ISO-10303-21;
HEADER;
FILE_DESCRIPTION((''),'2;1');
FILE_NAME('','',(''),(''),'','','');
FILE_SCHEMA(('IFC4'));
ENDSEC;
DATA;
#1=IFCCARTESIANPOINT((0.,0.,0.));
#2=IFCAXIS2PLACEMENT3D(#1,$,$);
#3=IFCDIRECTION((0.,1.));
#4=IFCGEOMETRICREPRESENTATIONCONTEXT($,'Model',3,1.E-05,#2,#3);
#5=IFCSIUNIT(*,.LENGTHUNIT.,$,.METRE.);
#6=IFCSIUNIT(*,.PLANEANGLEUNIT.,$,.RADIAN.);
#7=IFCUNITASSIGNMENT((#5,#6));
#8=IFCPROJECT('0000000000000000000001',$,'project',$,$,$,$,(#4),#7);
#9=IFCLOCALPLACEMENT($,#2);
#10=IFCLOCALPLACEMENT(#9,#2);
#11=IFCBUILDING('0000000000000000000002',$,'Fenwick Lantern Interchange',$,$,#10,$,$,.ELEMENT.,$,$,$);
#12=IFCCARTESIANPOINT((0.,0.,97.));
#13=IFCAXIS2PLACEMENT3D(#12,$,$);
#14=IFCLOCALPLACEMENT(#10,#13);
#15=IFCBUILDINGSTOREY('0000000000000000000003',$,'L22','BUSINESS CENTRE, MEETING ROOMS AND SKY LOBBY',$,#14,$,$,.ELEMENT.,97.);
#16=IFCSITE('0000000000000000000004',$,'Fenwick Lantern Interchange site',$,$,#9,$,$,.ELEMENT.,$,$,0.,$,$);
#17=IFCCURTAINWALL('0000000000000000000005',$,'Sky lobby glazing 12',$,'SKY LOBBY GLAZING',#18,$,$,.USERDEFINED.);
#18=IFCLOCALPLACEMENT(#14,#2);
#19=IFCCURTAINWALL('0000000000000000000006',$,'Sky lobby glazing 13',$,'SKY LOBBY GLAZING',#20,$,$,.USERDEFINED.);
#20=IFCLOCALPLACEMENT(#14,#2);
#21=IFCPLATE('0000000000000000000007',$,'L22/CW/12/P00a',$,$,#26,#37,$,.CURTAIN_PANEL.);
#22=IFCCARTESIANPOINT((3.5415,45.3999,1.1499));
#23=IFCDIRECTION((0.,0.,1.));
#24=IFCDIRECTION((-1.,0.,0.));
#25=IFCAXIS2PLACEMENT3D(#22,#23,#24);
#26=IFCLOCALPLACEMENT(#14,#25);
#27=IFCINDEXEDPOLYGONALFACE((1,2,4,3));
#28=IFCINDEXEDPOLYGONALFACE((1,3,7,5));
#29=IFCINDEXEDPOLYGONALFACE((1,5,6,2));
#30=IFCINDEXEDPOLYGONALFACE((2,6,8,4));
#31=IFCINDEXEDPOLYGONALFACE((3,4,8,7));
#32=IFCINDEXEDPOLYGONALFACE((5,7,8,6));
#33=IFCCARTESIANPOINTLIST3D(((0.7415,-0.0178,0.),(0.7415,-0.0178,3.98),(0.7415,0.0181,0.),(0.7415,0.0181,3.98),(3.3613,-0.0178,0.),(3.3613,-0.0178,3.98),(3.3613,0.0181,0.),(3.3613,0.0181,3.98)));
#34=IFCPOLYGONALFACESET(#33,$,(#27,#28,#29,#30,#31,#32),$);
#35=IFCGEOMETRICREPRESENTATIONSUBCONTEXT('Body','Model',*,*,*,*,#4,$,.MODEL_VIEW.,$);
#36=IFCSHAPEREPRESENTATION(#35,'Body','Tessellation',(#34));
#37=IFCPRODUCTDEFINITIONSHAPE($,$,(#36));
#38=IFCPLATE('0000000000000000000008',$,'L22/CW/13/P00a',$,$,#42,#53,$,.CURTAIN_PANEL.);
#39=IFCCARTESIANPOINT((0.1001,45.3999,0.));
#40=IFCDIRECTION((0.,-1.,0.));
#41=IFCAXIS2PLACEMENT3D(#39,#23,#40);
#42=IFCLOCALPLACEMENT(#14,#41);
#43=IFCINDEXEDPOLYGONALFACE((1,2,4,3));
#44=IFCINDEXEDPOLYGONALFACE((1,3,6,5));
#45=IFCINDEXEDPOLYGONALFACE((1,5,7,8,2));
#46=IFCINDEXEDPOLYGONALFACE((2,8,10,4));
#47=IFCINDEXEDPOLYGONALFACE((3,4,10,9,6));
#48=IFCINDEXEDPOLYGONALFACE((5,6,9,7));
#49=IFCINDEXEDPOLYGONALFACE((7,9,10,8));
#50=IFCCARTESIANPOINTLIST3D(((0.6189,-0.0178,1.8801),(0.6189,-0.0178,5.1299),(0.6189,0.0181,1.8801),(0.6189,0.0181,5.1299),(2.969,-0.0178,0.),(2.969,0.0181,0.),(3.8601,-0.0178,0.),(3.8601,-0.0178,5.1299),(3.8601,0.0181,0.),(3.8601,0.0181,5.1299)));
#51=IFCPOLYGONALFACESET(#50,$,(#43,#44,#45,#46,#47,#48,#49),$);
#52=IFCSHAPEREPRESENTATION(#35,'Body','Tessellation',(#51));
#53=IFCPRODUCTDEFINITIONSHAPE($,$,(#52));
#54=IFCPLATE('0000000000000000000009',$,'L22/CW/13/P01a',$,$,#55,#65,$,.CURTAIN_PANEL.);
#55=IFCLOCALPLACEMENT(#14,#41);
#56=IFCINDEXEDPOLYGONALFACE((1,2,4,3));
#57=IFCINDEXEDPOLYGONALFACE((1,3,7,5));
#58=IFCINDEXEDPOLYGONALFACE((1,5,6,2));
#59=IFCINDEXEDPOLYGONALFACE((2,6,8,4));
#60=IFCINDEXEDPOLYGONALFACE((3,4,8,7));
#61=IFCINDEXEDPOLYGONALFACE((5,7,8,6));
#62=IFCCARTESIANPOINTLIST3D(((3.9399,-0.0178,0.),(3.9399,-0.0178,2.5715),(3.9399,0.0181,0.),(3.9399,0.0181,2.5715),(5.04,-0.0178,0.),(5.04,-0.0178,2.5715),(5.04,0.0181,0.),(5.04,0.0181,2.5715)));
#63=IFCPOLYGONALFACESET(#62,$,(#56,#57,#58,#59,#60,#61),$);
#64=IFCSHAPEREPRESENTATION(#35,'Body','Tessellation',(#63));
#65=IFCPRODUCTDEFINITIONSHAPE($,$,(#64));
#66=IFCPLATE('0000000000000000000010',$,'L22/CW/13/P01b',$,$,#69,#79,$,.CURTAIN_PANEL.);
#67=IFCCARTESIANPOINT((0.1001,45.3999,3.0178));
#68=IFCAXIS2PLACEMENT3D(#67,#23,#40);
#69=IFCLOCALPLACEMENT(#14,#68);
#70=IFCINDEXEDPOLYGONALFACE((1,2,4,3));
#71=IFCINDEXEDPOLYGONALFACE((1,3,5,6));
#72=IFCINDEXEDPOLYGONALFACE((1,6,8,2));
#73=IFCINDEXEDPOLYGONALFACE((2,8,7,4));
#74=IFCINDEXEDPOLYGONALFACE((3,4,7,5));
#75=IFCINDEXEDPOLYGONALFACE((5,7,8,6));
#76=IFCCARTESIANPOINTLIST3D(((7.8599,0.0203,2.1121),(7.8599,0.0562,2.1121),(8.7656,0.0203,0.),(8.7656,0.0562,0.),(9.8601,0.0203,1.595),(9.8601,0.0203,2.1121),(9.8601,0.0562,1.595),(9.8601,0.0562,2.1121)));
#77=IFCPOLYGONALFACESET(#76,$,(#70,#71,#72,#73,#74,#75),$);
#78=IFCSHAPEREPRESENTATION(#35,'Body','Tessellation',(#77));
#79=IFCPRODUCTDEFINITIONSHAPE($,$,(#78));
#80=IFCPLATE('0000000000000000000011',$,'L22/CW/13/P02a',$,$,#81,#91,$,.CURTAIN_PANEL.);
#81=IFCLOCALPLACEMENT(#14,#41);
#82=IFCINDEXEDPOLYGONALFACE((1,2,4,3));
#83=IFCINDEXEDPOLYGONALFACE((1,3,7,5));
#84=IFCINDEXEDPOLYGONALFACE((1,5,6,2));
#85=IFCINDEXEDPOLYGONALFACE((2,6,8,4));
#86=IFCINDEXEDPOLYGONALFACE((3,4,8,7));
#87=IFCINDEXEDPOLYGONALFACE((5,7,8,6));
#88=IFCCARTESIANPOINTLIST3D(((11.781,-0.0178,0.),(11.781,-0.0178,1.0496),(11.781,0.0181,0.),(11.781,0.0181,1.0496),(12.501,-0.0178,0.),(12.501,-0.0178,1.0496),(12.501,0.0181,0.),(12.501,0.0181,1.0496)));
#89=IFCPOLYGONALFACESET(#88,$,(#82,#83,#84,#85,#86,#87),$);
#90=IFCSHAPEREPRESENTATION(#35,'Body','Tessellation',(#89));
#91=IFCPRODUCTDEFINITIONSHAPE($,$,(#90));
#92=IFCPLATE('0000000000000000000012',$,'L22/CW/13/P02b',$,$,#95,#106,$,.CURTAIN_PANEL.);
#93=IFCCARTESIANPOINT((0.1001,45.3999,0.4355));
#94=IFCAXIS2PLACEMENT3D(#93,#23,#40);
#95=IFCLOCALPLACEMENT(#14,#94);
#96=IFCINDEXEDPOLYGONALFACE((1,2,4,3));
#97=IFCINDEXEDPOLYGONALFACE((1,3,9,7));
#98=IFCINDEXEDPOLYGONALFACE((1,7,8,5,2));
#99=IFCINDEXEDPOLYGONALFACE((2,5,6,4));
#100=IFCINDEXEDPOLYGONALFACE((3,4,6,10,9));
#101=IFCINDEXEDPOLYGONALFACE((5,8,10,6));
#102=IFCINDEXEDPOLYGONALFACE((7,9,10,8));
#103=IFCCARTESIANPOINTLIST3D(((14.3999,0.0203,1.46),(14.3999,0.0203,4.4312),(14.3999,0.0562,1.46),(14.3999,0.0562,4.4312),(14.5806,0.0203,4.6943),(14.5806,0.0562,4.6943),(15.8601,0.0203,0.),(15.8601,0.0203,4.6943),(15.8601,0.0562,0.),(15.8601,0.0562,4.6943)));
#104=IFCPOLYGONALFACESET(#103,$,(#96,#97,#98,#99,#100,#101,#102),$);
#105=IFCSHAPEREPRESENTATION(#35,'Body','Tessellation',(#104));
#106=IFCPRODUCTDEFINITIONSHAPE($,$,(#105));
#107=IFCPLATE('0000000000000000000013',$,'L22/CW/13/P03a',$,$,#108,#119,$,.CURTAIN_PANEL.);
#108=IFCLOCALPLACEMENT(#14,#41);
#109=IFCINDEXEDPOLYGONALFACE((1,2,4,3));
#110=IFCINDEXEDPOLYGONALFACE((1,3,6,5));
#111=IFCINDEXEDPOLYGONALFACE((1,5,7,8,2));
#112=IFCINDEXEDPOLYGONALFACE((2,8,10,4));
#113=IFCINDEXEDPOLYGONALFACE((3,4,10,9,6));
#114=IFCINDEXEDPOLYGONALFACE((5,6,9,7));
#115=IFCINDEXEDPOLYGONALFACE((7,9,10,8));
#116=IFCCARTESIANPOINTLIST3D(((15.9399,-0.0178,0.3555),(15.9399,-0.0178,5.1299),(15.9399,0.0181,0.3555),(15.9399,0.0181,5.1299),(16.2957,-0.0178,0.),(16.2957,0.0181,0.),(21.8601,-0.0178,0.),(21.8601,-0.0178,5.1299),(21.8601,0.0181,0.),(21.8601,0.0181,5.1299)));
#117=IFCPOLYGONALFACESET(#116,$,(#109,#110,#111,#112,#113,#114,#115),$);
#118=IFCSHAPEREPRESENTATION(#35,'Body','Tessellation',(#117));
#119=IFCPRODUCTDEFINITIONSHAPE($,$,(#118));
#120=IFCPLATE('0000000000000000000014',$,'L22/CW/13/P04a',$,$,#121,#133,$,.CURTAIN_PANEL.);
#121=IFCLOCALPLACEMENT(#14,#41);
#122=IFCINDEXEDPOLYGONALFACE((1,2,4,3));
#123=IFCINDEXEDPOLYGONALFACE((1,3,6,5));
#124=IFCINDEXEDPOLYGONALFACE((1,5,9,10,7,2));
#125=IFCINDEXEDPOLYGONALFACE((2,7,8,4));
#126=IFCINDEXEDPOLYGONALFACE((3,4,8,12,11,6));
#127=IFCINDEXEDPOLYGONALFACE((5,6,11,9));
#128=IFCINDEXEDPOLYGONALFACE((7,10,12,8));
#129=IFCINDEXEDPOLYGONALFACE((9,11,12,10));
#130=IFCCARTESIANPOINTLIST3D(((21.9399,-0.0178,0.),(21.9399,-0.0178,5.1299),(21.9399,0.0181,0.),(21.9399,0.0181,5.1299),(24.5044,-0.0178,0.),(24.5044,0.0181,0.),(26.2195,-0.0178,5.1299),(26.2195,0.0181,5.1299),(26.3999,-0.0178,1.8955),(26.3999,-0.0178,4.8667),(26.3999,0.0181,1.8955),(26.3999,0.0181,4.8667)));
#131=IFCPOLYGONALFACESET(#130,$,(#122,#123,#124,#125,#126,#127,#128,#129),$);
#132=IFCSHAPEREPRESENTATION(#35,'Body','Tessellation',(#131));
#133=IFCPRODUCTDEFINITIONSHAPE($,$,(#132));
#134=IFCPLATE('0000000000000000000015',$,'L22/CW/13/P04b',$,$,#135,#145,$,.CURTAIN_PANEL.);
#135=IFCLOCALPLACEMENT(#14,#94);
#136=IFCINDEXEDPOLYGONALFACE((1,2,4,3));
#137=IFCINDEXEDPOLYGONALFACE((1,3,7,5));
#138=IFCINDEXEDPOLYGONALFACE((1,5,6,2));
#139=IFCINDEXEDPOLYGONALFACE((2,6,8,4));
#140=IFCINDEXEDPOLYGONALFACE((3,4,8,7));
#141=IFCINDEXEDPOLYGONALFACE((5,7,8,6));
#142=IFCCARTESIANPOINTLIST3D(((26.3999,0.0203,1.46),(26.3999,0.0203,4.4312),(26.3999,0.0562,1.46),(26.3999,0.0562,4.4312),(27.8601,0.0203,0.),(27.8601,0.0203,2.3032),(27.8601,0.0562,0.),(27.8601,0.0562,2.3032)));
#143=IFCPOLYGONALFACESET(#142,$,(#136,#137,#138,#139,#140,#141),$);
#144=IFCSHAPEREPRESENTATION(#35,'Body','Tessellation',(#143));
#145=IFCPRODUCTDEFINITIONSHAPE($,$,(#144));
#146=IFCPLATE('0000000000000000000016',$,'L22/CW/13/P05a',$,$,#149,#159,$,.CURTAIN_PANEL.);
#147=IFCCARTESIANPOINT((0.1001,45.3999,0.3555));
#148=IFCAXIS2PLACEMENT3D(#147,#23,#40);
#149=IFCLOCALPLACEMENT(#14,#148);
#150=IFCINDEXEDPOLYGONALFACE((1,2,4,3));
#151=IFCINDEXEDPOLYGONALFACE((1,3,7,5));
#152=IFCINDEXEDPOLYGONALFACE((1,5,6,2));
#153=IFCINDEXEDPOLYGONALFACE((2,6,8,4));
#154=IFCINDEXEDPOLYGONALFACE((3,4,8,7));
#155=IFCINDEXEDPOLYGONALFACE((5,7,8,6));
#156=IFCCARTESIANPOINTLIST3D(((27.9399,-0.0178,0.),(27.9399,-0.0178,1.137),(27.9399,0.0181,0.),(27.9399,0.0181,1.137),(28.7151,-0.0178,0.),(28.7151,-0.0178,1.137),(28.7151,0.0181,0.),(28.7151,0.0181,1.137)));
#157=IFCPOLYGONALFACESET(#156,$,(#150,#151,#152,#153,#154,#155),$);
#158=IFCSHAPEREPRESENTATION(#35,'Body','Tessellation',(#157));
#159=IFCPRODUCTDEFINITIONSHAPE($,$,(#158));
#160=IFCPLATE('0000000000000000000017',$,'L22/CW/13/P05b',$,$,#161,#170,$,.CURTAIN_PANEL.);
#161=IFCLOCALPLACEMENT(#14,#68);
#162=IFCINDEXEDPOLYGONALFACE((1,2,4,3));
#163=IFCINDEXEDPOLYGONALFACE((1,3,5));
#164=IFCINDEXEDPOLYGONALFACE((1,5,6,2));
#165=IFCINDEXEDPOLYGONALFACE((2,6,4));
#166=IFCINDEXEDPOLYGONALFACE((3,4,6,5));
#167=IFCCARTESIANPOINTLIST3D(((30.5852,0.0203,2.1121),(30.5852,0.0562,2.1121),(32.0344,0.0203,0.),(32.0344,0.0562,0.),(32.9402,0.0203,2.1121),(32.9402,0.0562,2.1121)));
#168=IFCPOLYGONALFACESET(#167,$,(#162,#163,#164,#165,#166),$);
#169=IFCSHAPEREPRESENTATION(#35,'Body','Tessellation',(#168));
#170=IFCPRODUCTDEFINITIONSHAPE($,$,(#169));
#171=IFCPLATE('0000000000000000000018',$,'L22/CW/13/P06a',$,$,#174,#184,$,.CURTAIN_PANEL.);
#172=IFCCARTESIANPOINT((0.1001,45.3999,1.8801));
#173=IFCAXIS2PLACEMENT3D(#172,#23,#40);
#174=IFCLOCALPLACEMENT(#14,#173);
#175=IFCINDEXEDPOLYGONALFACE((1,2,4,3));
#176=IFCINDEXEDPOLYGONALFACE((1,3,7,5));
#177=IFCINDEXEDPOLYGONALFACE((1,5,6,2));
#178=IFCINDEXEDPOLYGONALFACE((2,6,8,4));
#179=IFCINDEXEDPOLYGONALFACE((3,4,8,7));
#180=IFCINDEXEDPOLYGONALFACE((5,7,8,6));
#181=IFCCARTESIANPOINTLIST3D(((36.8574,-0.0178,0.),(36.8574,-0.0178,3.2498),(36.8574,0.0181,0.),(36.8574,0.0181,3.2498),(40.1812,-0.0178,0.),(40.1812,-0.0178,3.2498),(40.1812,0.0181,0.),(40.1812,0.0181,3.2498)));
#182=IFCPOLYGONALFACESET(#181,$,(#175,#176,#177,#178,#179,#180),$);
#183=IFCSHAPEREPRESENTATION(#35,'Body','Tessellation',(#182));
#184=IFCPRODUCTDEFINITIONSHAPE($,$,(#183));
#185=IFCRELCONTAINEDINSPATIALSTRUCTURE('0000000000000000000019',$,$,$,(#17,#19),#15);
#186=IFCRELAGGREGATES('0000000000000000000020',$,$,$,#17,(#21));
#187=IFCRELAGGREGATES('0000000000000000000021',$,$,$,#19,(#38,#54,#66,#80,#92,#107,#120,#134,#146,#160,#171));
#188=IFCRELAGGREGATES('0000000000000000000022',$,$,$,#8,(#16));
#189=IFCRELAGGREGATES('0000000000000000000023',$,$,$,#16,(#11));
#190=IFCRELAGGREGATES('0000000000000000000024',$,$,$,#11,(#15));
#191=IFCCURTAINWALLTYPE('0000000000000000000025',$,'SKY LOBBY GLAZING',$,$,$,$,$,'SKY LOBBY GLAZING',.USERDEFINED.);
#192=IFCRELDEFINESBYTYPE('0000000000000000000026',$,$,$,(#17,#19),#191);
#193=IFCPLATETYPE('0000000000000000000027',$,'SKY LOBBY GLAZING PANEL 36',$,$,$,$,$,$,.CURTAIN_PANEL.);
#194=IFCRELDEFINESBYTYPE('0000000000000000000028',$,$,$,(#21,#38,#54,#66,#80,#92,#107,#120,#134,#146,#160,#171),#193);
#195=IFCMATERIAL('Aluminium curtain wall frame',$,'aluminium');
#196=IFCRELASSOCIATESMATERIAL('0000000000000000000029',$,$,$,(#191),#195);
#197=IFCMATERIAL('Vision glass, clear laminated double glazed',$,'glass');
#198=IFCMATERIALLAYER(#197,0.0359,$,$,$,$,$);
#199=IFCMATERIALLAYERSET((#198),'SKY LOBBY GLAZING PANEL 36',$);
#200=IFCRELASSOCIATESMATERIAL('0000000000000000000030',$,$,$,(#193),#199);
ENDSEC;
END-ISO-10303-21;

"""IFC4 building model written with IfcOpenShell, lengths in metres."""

from ifc_helpers import new_model, si_unit, direction, frame, origin, place, context, subcontext, project, spatial, polyline, outline, extrude, material, layer, layer_set, type_object, element, aggregate, save


model = new_model("IFC4")

# Units and contexts
model_context = context("Model", 3, precision=1e-05, world=origin(), true_north=direction((0.0, 1.0)))
body_context = subcontext(model_context, "Body", "Model", "MODEL_VIEW")
ifc_project = project(units=[si_unit("LENGTHUNIT", "METRE"), si_unit("PLANEANGLEUNIT", "RADIAN")], contexts=[model_context])

# Site, building, storey
site_placement = place(None, origin())
site = spatial("IfcSite", under=ifc_project, at=site_placement, Name="Fenwick Lantern Interchange site", CompositionType="ELEMENT", RefElevation=0.0)
building_placement = place(site_placement, origin())
building = spatial("IfcBuilding", under=site, at=building_placement, Name="Fenwick Lantern Interchange", CompositionType="ELEMENT")
storey_placement = place(building_placement, frame((0.0, 0.0, 97.0)))
storey = spatial("IfcBuildingStorey", under=building, at=storey_placement, Name="L22", Description="BUSINESS CENTRE, MEETING ROOMS AND SKY LOBBY", CompositionType="ELEMENT", Elevation=97.0)

# Shared definitions
ifc_material_1 = material(Name="Aluminium curtain wall frame", Category="aluminium")
curtain_wall_type = type_object("IfcCurtainWallType", Name="SKY LOBBY GLAZING", ElementType="SKY LOBBY GLAZING", PredefinedType="USERDEFINED", material=ifc_material_1)

# Curtain wall
curtain_wall_1_placement = place(storey_placement, origin())
curtain_wall_1 = element("IfcCurtainWall", 1, at=curtain_wall_1_placement, inside=storey, type_object=curtain_wall_type, Name="Sky lobby glazing 12", ObjectType="SKY LOBBY GLAZING", PredefinedType="USERDEFINED")

# Curtain wall
curtain_wall_2_placement = place(storey_placement, origin())
curtain_wall_2 = element("IfcCurtainWall", 2, at=curtain_wall_2_placement, inside=storey, type_object=curtain_wall_type, Name="Sky lobby glazing 13", ObjectType="SKY LOBBY GLAZING", PredefinedType="USERDEFINED")

# Plates
ifc_material_2 = material(Name="Vision glass, clear laminated double glazed", Category="glass")
ifc_layer_1 = layer(ifc_material_2, 0.0359)
ifc_layer_set_1 = layer_set([ifc_layer_1], Name="SKY LOBBY GLAZING PANEL 36")
plate_type = type_object("IfcPlateType", Name="SKY LOBBY GLAZING PANEL 36", PredefinedType="CURTAIN_PANEL", material=ifc_layer_set_1)
plate_1_placement = place(storey_placement, frame((3.5415, 45.3999, 1.1499), z_axis=(0.0, 0.0, 1.0), x_axis=(-1.0, 0.0, 0.0)))
plate_1 = element("IfcPlate", 3, at=plate_1_placement, type_object=plate_type, Name="L22/CW/12/P00a", PredefinedType="CURTAIN_PANEL", context=body_context, shape_type="SweptSolid", body=[
    extrude(outline(polyline([(0.7415, 0.0), (3.3613, 0.0), (3.3613, 3.98), (0.7415, 3.98), (0.7415, 0.0)])), frame((0.0, 0.0181, 0.0), z_axis=(0.0, -1.0, 0.0), x_axis=(1.0, 0.0, 0.0)), (0.0, 0.0, 1.0), 0.0359),
])
aggregate(curtain_wall_1, [plate_1])
plate_2_placement = place(storey_placement, frame((0.1001, 45.3999, 0.0), z_axis=(0.0, 0.0, 1.0), x_axis=(0.0, -1.0, 0.0)))
plate_2 = element("IfcPlate", 4, at=plate_2_placement, type_object=plate_type, Name="L22/CW/13/P00a", PredefinedType="CURTAIN_PANEL", context=body_context, shape_type="SweptSolid", body=[
    extrude(outline(polyline([(2.969, 0.0), (3.8601, 0.0), (3.8601, 5.1299), (0.6189, 5.1299), (0.6189, 1.8801), (2.969, 0.0)])), frame((0.0, 0.0181, 0.0), z_axis=(0.0, -1.0, 0.0), x_axis=(1.0, 0.0, 0.0)), (0.0, 0.0, 1.0), 0.0359),
])
plate_3_placement = place(storey_placement, frame((0.1001, 45.3999, 0.0), z_axis=(0.0, 0.0, 1.0), x_axis=(0.0, -1.0, 0.0)))
plate_3 = element("IfcPlate", 5, at=plate_3_placement, type_object=plate_type, Name="L22/CW/13/P01a", PredefinedType="CURTAIN_PANEL", context=body_context, shape_type="SweptSolid", body=[
    extrude(outline(polyline([(3.9399, 0.0), (5.04, 0.0), (5.04, 2.5715), (3.9399, 2.5715), (3.9399, 0.0)])), frame((0.0, 0.0181, 0.0), z_axis=(0.0, -1.0, 0.0), x_axis=(1.0, 0.0, 0.0)), (0.0, 0.0, 1.0), 0.0359),
])
plate_4_placement = place(storey_placement, frame((0.1001, 45.3999, 3.0178), z_axis=(0.0, 0.0, 1.0), x_axis=(0.0, -1.0, 0.0)))
plate_4 = element("IfcPlate", 6, at=plate_4_placement, type_object=plate_type, Name="L22/CW/13/P01b", PredefinedType="CURTAIN_PANEL", context=body_context, shape_type="SweptSolid", body=[
    extrude(outline(polyline([(8.7656, 0.0), (9.8601, 1.595), (9.8601, 2.1121), (7.8599, 2.1121), (8.7656, 0.0)])), frame((0.0, 0.0562, 0.0), z_axis=(0.0, -1.0, 0.0), x_axis=(1.0, 0.0, 0.0)), (0.0, 0.0, 1.0), 0.0359),
])
plate_5_placement = place(storey_placement, frame((0.1001, 45.3999, 0.0), z_axis=(0.0, 0.0, 1.0), x_axis=(0.0, -1.0, 0.0)))
plate_5 = element("IfcPlate", 7, at=plate_5_placement, type_object=plate_type, Name="L22/CW/13/P02a", PredefinedType="CURTAIN_PANEL", context=body_context, shape_type="SweptSolid", body=[
    extrude(outline(polyline([(11.781, 0.0), (12.501, 0.0), (12.501, 1.0496), (11.781, 1.0496), (11.781, 0.0)])), frame((0.0, 0.0181, 0.0), z_axis=(0.0, -1.0, 0.0), x_axis=(1.0, 0.0, 0.0)), (0.0, 0.0, 1.0), 0.0359),
])
plate_6_placement = place(storey_placement, frame((0.1001, 45.3999, 0.4355), z_axis=(0.0, 0.0, 1.0), x_axis=(0.0, -1.0, 0.0)))
plate_6 = element("IfcPlate", 8, at=plate_6_placement, type_object=plate_type, Name="L22/CW/13/P02b", PredefinedType="CURTAIN_PANEL", context=body_context, shape_type="SweptSolid", body=[
    extrude(outline(polyline([(15.8601, 0.0), (15.8601, 4.6943), (14.5806, 4.6943), (14.3999, 4.4312), (14.3999, 1.46), (15.8601, 0.0)])), frame((0.0, 0.0562, 0.0), z_axis=(0.0, -1.0, 0.0), x_axis=(1.0, 0.0, 0.0)), (0.0, 0.0, 1.0), 0.0359),
])
plate_7_placement = place(storey_placement, frame((0.1001, 45.3999, 0.0), z_axis=(0.0, 0.0, 1.0), x_axis=(0.0, -1.0, 0.0)))
plate_7 = element("IfcPlate", 9, at=plate_7_placement, type_object=plate_type, Name="L22/CW/13/P03a", PredefinedType="CURTAIN_PANEL", context=body_context, shape_type="SweptSolid", body=[
    extrude(outline(polyline([(16.2957, 0.0), (21.8601, 0.0), (21.8601, 5.1299), (15.9399, 5.1299), (15.9399, 0.3555), (16.2957, 0.0)])), frame((0.0, 0.0181, 0.0), z_axis=(0.0, -1.0, 0.0), x_axis=(1.0, 0.0, 0.0)), (0.0, 0.0, 1.0), 0.0359),
])
plate_8_placement = place(storey_placement, frame((0.1001, 45.3999, 0.0), z_axis=(0.0, 0.0, 1.0), x_axis=(0.0, -1.0, 0.0)))
plate_8 = element("IfcPlate", 10, at=plate_8_placement, type_object=plate_type, Name="L22/CW/13/P04a", PredefinedType="CURTAIN_PANEL", context=body_context, shape_type="SweptSolid", body=[
    extrude(outline(polyline([(21.9399, 0.0), (24.5044, 0.0), (26.3999, 1.8955), (26.3999, 4.8667), (26.2195, 5.1299), (21.9399, 5.1299), (21.9399, 0.0)])), frame((0.0, 0.0181, 0.0), z_axis=(0.0, -1.0, 0.0), x_axis=(1.0, 0.0, 0.0)), (0.0, 0.0, 1.0), 0.0359),
])
plate_9_placement = place(storey_placement, frame((0.1001, 45.3999, 0.4355), z_axis=(0.0, 0.0, 1.0), x_axis=(0.0, -1.0, 0.0)))
plate_9 = element("IfcPlate", 11, at=plate_9_placement, type_object=plate_type, Name="L22/CW/13/P04b", PredefinedType="CURTAIN_PANEL", context=body_context, shape_type="SweptSolid", body=[
    extrude(outline(polyline([(27.8601, 0.0), (27.8601, 2.3032), (26.3999, 4.4312), (26.3999, 1.46), (27.8601, 0.0)])), frame((0.0, 0.0562, 0.0), z_axis=(0.0, -1.0, 0.0), x_axis=(1.0, 0.0, 0.0)), (0.0, 0.0, 1.0), 0.0359),
])
plate_10_placement = place(storey_placement, frame((0.1001, 45.3999, 0.3555), z_axis=(0.0, 0.0, 1.0), x_axis=(0.0, -1.0, 0.0)))
plate_10 = element("IfcPlate", 12, at=plate_10_placement, type_object=plate_type, Name="L22/CW/13/P05a", PredefinedType="CURTAIN_PANEL", context=body_context, shape_type="SweptSolid", body=[
    extrude(outline(polyline([(27.9399, 0.0), (28.7151, 0.0), (28.7151, 1.137), (27.9399, 1.137), (27.9399, 0.0)])), frame((0.0, 0.0181, 0.0), z_axis=(0.0, -1.0, 0.0), x_axis=(1.0, 0.0, 0.0)), (0.0, 0.0, 1.0), 0.0359),
])
plate_11_placement = place(storey_placement, frame((0.1001, 45.3999, 3.0178), z_axis=(0.0, 0.0, 1.0), x_axis=(0.0, -1.0, 0.0)))
plate_11 = element("IfcPlate", 13, at=plate_11_placement, type_object=plate_type, Name="L22/CW/13/P05b", PredefinedType="CURTAIN_PANEL", context=body_context, shape_type="SweptSolid", body=[
    extrude(outline(polyline([(32.0344, 0.0), (32.9402, 2.1121), (30.5852, 2.1121), (32.0344, 0.0)])), frame((0.0, 0.0562, 0.0), z_axis=(0.0, -1.0, 0.0), x_axis=(1.0, 0.0, 0.0)), (0.0, 0.0, 1.0), 0.0359),
])
plate_12_placement = place(storey_placement, frame((0.1001, 45.3999, 1.8801), z_axis=(0.0, 0.0, 1.0), x_axis=(0.0, -1.0, 0.0)))
plate_12 = element("IfcPlate", 14, at=plate_12_placement, type_object=plate_type, Name="L22/CW/13/P06a", PredefinedType="CURTAIN_PANEL", context=body_context, shape_type="SweptSolid", body=[
    extrude(outline(polyline([(36.8574, 0.0), (40.1812, 0.0), (40.1812, 3.2498), (36.8574, 3.2498), (36.8574, 0.0)])), frame((0.0, 0.0181, 0.0), z_axis=(0.0, -1.0, 0.0), x_axis=(1.0, 0.0, 0.0)), (0.0, 0.0, 1.0), 0.0359),
])
aggregate(curtain_wall_2, [plate_2, plate_3, plate_4, plate_5, plate_6, plate_7, plate_8, plate_9, plate_10, plate_11, plate_12])

save(model, "model.ifc")
